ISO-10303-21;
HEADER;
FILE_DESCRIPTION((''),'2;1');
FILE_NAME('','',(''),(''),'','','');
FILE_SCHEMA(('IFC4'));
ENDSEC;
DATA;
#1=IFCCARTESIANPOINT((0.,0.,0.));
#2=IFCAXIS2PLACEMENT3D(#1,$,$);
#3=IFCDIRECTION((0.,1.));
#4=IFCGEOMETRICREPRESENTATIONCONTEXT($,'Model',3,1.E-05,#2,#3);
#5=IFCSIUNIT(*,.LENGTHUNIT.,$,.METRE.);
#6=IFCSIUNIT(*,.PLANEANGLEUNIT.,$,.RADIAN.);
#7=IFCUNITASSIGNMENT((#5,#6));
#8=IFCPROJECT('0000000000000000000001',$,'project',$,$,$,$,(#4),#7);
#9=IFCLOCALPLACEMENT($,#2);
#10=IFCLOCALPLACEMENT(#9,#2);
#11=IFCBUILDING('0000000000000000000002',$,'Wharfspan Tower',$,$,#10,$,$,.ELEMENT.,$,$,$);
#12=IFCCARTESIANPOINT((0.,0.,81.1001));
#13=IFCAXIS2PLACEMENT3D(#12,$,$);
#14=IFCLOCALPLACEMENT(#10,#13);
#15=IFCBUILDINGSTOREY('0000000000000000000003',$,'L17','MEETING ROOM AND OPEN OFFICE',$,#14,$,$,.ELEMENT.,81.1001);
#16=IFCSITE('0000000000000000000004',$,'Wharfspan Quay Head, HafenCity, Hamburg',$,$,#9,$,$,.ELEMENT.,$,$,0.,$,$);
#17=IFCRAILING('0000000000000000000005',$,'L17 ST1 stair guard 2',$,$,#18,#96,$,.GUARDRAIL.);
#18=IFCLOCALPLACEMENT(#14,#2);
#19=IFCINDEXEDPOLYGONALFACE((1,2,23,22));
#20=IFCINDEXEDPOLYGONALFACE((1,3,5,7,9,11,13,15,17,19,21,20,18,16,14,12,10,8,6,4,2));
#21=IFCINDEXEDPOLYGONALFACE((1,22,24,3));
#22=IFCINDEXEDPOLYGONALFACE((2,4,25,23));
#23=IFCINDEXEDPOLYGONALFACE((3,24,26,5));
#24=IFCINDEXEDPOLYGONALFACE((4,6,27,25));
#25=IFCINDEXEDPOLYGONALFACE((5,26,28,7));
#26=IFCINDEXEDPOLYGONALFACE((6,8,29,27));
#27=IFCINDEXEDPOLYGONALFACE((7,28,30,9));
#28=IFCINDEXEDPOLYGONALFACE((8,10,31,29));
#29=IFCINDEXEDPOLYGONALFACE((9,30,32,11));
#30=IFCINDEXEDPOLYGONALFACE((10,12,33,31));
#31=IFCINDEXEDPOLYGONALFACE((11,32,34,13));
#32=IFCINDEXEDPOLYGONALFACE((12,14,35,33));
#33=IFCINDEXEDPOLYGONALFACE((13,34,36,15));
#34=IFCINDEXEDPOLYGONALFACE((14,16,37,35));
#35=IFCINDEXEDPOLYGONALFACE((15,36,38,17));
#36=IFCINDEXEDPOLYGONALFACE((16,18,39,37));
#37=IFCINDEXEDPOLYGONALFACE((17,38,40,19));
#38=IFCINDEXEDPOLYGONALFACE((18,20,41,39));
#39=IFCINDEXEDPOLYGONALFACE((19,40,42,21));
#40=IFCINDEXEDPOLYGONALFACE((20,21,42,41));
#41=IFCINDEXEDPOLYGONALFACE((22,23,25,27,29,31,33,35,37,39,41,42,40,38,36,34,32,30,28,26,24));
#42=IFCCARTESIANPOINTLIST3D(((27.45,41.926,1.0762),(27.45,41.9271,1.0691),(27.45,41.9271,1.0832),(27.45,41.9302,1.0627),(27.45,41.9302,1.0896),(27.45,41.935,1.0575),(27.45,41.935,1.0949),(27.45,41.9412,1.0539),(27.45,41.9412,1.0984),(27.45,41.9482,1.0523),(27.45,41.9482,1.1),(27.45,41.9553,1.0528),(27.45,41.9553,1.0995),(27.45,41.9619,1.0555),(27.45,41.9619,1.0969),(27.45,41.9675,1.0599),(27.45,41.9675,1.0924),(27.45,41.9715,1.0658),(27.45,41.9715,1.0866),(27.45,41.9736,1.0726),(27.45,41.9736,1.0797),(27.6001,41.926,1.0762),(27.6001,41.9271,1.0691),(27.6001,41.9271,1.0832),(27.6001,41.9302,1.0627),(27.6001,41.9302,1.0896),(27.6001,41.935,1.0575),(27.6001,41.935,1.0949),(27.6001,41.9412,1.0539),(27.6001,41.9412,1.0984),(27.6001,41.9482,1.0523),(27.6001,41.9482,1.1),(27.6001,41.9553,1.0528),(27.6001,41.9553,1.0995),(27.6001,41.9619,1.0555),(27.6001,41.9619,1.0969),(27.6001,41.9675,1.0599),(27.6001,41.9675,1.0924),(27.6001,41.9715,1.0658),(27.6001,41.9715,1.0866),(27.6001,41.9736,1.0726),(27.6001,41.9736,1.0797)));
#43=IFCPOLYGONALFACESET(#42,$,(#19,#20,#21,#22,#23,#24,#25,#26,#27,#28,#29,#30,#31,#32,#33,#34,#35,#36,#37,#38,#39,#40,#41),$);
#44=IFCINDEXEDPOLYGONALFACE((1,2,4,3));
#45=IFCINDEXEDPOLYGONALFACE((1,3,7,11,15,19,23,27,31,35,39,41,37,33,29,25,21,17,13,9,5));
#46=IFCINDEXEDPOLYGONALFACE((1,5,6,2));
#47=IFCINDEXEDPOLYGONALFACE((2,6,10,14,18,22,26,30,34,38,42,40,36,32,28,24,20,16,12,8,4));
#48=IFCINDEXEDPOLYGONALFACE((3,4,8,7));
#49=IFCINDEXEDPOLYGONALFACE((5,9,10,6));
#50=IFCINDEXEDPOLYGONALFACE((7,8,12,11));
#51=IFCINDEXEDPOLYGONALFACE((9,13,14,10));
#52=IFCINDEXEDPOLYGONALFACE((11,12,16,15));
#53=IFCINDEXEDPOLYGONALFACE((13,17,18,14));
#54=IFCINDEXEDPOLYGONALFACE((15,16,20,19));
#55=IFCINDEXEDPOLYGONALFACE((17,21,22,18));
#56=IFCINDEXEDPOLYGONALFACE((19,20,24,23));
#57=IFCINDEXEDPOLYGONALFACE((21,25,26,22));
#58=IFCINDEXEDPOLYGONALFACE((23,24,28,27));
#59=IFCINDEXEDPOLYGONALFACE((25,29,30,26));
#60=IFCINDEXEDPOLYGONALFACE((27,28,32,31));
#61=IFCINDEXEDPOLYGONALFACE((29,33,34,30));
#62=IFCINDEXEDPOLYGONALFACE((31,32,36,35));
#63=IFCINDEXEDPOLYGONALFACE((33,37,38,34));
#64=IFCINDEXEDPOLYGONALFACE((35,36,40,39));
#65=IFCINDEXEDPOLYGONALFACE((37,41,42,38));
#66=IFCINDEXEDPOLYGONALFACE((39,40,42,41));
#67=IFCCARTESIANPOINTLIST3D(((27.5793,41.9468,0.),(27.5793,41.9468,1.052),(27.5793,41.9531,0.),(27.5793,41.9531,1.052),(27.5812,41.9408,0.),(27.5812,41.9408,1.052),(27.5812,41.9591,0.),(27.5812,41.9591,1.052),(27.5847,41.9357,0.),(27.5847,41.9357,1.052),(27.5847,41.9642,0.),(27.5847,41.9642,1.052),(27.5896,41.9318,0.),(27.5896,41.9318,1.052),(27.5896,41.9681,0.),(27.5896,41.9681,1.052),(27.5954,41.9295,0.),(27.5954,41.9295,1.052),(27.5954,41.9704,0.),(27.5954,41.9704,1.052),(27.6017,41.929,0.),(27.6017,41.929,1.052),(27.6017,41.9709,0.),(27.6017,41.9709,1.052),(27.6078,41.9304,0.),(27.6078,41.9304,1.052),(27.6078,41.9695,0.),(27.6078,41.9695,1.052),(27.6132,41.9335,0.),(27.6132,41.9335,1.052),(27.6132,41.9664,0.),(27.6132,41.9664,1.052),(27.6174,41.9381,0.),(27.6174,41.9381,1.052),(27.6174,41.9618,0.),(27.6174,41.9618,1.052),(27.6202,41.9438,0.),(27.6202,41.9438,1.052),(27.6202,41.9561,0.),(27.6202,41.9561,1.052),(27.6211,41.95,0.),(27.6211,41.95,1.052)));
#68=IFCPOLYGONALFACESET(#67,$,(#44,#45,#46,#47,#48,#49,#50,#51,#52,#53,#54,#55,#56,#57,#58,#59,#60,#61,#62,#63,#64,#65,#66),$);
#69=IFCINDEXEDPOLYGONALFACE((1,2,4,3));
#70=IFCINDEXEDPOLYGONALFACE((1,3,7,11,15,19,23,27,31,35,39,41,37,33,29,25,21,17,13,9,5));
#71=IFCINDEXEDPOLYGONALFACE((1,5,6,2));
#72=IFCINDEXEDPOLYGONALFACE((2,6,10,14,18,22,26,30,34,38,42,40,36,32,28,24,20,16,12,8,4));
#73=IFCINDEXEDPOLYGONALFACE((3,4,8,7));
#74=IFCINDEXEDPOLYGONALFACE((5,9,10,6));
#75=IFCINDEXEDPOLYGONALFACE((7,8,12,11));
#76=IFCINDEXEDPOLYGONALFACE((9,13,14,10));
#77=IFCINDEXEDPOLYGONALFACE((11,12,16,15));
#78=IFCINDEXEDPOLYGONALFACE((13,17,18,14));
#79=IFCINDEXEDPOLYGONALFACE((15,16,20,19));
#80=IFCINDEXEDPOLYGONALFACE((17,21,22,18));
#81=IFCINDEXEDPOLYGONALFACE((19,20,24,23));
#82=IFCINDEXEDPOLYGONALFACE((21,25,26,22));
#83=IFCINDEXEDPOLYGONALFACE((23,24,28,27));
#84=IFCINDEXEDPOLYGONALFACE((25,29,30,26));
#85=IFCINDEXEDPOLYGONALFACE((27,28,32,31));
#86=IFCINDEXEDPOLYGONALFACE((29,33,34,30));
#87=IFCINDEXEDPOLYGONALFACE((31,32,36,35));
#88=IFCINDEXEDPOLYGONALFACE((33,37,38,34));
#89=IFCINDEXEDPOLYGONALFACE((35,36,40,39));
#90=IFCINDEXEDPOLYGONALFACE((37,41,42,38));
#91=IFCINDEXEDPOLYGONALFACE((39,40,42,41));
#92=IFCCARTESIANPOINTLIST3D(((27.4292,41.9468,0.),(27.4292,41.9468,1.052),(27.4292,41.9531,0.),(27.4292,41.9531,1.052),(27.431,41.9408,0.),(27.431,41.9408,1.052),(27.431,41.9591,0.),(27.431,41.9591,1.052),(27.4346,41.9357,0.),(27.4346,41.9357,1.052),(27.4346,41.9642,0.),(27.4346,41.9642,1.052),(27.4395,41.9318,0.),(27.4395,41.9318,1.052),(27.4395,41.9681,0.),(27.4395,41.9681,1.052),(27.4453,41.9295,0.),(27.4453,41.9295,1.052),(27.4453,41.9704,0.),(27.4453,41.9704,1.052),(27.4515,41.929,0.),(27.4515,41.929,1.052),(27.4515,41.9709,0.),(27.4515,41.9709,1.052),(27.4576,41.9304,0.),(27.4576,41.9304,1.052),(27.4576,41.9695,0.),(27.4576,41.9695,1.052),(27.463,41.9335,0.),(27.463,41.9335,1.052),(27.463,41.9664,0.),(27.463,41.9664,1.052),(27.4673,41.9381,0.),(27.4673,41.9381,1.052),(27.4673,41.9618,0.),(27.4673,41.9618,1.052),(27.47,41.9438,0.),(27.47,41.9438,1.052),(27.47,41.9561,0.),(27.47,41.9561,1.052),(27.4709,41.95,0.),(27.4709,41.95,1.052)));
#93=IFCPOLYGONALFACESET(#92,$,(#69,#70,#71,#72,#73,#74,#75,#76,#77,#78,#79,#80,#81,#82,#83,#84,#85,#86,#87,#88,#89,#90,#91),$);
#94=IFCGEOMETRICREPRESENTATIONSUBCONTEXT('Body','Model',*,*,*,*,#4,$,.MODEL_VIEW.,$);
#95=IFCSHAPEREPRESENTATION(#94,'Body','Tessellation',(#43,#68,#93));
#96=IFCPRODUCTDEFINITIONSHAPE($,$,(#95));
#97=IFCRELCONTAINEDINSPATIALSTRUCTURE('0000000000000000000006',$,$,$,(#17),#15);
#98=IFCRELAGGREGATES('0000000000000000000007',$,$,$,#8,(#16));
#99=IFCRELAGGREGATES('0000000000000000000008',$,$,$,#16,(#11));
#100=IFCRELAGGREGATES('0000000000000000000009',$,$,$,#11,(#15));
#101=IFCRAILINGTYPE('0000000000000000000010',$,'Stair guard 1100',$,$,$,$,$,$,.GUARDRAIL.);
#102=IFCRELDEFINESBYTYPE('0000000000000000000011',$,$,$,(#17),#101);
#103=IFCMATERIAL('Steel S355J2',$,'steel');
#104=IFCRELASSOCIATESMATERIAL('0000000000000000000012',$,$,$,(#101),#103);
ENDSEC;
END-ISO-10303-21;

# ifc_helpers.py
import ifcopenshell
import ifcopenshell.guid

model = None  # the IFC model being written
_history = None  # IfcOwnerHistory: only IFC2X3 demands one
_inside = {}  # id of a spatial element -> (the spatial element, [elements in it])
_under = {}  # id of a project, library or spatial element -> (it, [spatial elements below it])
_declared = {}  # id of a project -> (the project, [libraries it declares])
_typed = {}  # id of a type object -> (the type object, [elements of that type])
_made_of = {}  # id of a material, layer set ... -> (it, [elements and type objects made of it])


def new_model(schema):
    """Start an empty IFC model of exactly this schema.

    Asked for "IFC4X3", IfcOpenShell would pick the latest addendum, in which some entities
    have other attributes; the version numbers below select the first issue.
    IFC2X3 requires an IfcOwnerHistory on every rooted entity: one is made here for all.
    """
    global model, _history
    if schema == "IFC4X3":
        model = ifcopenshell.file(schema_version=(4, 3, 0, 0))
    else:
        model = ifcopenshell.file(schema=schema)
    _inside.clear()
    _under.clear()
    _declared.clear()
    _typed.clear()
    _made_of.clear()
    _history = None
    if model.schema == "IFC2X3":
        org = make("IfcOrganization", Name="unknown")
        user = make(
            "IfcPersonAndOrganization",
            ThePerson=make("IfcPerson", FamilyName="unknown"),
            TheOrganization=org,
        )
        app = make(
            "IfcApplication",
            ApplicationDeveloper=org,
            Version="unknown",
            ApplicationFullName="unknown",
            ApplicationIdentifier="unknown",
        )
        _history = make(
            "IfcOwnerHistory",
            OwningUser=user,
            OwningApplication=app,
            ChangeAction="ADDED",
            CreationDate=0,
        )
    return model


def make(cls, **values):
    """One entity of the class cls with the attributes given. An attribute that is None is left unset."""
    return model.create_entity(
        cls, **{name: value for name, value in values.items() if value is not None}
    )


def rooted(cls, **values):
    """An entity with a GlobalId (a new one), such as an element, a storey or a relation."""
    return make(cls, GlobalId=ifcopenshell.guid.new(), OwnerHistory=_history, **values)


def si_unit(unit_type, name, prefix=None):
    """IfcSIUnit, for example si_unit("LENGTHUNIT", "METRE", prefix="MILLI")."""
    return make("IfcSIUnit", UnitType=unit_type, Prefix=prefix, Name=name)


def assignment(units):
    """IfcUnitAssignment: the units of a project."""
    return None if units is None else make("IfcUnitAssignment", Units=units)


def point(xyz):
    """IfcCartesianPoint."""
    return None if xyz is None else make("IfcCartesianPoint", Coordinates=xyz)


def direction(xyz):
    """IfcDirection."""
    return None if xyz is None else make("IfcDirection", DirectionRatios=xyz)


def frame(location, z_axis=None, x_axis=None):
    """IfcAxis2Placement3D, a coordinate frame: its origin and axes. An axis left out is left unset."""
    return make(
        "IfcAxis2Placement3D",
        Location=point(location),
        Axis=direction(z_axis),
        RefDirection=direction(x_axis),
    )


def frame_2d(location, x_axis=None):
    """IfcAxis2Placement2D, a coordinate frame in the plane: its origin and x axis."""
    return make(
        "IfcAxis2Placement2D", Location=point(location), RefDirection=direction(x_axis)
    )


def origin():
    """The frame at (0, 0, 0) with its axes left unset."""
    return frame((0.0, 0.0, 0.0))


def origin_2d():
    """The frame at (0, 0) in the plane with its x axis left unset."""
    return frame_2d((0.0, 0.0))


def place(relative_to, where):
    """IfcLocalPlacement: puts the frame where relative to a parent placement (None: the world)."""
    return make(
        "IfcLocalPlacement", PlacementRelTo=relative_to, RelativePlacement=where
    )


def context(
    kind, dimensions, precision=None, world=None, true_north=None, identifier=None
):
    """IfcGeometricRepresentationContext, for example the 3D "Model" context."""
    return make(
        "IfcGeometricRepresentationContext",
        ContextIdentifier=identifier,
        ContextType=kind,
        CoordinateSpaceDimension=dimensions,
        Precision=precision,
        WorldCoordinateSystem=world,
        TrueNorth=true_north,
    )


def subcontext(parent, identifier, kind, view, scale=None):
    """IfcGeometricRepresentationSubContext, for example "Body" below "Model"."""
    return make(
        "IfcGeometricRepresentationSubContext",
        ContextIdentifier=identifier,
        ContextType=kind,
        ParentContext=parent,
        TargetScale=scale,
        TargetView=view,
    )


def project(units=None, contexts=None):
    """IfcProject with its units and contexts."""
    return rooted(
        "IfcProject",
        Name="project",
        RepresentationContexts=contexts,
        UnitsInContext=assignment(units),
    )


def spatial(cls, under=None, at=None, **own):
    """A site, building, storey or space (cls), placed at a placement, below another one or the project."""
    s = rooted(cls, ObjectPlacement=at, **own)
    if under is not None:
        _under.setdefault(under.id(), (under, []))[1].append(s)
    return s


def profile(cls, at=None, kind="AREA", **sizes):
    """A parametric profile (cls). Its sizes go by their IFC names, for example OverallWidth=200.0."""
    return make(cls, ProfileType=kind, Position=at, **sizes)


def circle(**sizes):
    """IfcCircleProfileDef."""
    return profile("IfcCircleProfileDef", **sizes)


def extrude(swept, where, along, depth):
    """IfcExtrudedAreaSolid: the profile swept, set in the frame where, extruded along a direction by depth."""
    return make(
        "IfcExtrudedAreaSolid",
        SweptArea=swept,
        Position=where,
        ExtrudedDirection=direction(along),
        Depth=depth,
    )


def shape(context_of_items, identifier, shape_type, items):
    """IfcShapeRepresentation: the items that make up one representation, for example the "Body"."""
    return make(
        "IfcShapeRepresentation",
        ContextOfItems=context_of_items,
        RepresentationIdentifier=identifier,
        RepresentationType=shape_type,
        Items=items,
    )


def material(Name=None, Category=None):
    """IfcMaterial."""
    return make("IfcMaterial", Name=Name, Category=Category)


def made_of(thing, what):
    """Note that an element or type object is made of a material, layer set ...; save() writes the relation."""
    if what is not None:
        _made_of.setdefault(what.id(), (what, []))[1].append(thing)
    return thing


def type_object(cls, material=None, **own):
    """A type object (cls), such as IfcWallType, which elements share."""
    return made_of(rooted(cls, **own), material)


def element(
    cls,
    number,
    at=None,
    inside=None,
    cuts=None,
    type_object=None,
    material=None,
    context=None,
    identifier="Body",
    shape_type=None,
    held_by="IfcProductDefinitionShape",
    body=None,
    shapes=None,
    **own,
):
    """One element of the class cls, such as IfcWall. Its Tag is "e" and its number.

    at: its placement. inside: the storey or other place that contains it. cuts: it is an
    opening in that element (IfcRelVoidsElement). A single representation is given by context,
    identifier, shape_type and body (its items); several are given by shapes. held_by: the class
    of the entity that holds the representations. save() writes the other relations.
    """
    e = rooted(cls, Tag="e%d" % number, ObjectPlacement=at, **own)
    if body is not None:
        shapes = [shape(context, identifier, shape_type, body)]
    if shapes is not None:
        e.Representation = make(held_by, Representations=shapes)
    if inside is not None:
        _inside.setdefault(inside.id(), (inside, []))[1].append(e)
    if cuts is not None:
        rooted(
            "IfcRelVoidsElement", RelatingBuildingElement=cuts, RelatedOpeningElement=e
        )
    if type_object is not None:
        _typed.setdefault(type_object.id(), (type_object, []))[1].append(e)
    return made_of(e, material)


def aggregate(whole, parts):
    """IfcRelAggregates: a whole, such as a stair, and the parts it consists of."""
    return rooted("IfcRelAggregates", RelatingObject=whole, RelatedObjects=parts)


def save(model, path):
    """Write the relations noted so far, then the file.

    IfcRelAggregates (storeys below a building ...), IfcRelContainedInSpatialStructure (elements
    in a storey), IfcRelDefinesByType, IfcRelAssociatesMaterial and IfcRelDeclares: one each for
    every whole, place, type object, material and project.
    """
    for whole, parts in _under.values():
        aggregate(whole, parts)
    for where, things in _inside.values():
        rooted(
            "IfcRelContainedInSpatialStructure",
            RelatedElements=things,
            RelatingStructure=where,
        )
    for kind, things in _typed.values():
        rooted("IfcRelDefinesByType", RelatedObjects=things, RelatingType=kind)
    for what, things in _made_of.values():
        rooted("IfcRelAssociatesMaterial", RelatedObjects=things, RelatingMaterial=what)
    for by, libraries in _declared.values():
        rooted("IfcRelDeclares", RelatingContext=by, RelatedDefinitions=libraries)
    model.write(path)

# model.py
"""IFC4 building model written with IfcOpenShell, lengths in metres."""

from ifc_helpers import new_model, si_unit, direction, frame, origin, origin_2d, place, context, subcontext, project, spatial, circle, extrude, material, type_object, element, save


model = new_model("IFC4")

# Units and contexts
model_context = context("Model", 3, precision=1e-05, world=origin(), true_north=direction((0.0, 1.0)))
body_context = subcontext(model_context, "Body", "Model", "MODEL_VIEW")
ifc_project = project(units=[si_unit("LENGTHUNIT", "METRE"), si_unit("PLANEANGLEUNIT", "RADIAN")], contexts=[model_context])

# Site, building, storey
site_placement = place(None, origin())
site = spatial("IfcSite", under=ifc_project, at=site_placement, Name="Wharfspan Quay Head, HafenCity, Hamburg", CompositionType="ELEMENT", RefElevation=0.0)
building_placement = place(site_placement, origin())
building = spatial("IfcBuilding", under=site, at=building_placement, Name="Wharfspan Tower", CompositionType="ELEMENT")
storey_placement = place(building_placement, frame((0.0, 0.0, 81.1001)))
storey = spatial("IfcBuildingStorey", under=building, at=storey_placement, Name="L17", Description="MEETING ROOM AND OPEN OFFICE", CompositionType="ELEMENT", Elevation=81.1001)

# Shared definitions
ifc_material_1 = material(Name="Steel S355J2", Category="steel")

# Railing
railing_type_1 = type_object("IfcRailingType", Name="Stair guard 1100", PredefinedType="GUARDRAIL", material=ifc_material_1)
railing_1_placement = place(storey_placement, frame((27.6001, 41.95, 0.0)))
element("IfcRailing", 1, at=railing_1_placement, inside=storey, type_object=railing_type_1, Name="L17 ST1 stair guard 2", PredefinedType="GUARDRAIL", context=body_context, shape_type="SweptSolid", body=[
    extrude(circle(Radius=0.0239, at=origin_2d()), frame((0.0, 0.0, 1.0762), z_axis=(-1.0, 0.0, 0.0), x_axis=(0.0, -1.0, 0.0)), (0.0, 0.0, 1.0), 0.1501),
    extrude(circle(Radius=0.021, at=origin_2d()), origin(), (0.0, 0.0, 1.0), 1.052),
    extrude(circle(Radius=0.021, at=origin_2d()), frame((-0.1501, 0.0, 0.0)), (0.0, 0.0, 1.0), 1.052),
])

save(model, "model.ifc")
